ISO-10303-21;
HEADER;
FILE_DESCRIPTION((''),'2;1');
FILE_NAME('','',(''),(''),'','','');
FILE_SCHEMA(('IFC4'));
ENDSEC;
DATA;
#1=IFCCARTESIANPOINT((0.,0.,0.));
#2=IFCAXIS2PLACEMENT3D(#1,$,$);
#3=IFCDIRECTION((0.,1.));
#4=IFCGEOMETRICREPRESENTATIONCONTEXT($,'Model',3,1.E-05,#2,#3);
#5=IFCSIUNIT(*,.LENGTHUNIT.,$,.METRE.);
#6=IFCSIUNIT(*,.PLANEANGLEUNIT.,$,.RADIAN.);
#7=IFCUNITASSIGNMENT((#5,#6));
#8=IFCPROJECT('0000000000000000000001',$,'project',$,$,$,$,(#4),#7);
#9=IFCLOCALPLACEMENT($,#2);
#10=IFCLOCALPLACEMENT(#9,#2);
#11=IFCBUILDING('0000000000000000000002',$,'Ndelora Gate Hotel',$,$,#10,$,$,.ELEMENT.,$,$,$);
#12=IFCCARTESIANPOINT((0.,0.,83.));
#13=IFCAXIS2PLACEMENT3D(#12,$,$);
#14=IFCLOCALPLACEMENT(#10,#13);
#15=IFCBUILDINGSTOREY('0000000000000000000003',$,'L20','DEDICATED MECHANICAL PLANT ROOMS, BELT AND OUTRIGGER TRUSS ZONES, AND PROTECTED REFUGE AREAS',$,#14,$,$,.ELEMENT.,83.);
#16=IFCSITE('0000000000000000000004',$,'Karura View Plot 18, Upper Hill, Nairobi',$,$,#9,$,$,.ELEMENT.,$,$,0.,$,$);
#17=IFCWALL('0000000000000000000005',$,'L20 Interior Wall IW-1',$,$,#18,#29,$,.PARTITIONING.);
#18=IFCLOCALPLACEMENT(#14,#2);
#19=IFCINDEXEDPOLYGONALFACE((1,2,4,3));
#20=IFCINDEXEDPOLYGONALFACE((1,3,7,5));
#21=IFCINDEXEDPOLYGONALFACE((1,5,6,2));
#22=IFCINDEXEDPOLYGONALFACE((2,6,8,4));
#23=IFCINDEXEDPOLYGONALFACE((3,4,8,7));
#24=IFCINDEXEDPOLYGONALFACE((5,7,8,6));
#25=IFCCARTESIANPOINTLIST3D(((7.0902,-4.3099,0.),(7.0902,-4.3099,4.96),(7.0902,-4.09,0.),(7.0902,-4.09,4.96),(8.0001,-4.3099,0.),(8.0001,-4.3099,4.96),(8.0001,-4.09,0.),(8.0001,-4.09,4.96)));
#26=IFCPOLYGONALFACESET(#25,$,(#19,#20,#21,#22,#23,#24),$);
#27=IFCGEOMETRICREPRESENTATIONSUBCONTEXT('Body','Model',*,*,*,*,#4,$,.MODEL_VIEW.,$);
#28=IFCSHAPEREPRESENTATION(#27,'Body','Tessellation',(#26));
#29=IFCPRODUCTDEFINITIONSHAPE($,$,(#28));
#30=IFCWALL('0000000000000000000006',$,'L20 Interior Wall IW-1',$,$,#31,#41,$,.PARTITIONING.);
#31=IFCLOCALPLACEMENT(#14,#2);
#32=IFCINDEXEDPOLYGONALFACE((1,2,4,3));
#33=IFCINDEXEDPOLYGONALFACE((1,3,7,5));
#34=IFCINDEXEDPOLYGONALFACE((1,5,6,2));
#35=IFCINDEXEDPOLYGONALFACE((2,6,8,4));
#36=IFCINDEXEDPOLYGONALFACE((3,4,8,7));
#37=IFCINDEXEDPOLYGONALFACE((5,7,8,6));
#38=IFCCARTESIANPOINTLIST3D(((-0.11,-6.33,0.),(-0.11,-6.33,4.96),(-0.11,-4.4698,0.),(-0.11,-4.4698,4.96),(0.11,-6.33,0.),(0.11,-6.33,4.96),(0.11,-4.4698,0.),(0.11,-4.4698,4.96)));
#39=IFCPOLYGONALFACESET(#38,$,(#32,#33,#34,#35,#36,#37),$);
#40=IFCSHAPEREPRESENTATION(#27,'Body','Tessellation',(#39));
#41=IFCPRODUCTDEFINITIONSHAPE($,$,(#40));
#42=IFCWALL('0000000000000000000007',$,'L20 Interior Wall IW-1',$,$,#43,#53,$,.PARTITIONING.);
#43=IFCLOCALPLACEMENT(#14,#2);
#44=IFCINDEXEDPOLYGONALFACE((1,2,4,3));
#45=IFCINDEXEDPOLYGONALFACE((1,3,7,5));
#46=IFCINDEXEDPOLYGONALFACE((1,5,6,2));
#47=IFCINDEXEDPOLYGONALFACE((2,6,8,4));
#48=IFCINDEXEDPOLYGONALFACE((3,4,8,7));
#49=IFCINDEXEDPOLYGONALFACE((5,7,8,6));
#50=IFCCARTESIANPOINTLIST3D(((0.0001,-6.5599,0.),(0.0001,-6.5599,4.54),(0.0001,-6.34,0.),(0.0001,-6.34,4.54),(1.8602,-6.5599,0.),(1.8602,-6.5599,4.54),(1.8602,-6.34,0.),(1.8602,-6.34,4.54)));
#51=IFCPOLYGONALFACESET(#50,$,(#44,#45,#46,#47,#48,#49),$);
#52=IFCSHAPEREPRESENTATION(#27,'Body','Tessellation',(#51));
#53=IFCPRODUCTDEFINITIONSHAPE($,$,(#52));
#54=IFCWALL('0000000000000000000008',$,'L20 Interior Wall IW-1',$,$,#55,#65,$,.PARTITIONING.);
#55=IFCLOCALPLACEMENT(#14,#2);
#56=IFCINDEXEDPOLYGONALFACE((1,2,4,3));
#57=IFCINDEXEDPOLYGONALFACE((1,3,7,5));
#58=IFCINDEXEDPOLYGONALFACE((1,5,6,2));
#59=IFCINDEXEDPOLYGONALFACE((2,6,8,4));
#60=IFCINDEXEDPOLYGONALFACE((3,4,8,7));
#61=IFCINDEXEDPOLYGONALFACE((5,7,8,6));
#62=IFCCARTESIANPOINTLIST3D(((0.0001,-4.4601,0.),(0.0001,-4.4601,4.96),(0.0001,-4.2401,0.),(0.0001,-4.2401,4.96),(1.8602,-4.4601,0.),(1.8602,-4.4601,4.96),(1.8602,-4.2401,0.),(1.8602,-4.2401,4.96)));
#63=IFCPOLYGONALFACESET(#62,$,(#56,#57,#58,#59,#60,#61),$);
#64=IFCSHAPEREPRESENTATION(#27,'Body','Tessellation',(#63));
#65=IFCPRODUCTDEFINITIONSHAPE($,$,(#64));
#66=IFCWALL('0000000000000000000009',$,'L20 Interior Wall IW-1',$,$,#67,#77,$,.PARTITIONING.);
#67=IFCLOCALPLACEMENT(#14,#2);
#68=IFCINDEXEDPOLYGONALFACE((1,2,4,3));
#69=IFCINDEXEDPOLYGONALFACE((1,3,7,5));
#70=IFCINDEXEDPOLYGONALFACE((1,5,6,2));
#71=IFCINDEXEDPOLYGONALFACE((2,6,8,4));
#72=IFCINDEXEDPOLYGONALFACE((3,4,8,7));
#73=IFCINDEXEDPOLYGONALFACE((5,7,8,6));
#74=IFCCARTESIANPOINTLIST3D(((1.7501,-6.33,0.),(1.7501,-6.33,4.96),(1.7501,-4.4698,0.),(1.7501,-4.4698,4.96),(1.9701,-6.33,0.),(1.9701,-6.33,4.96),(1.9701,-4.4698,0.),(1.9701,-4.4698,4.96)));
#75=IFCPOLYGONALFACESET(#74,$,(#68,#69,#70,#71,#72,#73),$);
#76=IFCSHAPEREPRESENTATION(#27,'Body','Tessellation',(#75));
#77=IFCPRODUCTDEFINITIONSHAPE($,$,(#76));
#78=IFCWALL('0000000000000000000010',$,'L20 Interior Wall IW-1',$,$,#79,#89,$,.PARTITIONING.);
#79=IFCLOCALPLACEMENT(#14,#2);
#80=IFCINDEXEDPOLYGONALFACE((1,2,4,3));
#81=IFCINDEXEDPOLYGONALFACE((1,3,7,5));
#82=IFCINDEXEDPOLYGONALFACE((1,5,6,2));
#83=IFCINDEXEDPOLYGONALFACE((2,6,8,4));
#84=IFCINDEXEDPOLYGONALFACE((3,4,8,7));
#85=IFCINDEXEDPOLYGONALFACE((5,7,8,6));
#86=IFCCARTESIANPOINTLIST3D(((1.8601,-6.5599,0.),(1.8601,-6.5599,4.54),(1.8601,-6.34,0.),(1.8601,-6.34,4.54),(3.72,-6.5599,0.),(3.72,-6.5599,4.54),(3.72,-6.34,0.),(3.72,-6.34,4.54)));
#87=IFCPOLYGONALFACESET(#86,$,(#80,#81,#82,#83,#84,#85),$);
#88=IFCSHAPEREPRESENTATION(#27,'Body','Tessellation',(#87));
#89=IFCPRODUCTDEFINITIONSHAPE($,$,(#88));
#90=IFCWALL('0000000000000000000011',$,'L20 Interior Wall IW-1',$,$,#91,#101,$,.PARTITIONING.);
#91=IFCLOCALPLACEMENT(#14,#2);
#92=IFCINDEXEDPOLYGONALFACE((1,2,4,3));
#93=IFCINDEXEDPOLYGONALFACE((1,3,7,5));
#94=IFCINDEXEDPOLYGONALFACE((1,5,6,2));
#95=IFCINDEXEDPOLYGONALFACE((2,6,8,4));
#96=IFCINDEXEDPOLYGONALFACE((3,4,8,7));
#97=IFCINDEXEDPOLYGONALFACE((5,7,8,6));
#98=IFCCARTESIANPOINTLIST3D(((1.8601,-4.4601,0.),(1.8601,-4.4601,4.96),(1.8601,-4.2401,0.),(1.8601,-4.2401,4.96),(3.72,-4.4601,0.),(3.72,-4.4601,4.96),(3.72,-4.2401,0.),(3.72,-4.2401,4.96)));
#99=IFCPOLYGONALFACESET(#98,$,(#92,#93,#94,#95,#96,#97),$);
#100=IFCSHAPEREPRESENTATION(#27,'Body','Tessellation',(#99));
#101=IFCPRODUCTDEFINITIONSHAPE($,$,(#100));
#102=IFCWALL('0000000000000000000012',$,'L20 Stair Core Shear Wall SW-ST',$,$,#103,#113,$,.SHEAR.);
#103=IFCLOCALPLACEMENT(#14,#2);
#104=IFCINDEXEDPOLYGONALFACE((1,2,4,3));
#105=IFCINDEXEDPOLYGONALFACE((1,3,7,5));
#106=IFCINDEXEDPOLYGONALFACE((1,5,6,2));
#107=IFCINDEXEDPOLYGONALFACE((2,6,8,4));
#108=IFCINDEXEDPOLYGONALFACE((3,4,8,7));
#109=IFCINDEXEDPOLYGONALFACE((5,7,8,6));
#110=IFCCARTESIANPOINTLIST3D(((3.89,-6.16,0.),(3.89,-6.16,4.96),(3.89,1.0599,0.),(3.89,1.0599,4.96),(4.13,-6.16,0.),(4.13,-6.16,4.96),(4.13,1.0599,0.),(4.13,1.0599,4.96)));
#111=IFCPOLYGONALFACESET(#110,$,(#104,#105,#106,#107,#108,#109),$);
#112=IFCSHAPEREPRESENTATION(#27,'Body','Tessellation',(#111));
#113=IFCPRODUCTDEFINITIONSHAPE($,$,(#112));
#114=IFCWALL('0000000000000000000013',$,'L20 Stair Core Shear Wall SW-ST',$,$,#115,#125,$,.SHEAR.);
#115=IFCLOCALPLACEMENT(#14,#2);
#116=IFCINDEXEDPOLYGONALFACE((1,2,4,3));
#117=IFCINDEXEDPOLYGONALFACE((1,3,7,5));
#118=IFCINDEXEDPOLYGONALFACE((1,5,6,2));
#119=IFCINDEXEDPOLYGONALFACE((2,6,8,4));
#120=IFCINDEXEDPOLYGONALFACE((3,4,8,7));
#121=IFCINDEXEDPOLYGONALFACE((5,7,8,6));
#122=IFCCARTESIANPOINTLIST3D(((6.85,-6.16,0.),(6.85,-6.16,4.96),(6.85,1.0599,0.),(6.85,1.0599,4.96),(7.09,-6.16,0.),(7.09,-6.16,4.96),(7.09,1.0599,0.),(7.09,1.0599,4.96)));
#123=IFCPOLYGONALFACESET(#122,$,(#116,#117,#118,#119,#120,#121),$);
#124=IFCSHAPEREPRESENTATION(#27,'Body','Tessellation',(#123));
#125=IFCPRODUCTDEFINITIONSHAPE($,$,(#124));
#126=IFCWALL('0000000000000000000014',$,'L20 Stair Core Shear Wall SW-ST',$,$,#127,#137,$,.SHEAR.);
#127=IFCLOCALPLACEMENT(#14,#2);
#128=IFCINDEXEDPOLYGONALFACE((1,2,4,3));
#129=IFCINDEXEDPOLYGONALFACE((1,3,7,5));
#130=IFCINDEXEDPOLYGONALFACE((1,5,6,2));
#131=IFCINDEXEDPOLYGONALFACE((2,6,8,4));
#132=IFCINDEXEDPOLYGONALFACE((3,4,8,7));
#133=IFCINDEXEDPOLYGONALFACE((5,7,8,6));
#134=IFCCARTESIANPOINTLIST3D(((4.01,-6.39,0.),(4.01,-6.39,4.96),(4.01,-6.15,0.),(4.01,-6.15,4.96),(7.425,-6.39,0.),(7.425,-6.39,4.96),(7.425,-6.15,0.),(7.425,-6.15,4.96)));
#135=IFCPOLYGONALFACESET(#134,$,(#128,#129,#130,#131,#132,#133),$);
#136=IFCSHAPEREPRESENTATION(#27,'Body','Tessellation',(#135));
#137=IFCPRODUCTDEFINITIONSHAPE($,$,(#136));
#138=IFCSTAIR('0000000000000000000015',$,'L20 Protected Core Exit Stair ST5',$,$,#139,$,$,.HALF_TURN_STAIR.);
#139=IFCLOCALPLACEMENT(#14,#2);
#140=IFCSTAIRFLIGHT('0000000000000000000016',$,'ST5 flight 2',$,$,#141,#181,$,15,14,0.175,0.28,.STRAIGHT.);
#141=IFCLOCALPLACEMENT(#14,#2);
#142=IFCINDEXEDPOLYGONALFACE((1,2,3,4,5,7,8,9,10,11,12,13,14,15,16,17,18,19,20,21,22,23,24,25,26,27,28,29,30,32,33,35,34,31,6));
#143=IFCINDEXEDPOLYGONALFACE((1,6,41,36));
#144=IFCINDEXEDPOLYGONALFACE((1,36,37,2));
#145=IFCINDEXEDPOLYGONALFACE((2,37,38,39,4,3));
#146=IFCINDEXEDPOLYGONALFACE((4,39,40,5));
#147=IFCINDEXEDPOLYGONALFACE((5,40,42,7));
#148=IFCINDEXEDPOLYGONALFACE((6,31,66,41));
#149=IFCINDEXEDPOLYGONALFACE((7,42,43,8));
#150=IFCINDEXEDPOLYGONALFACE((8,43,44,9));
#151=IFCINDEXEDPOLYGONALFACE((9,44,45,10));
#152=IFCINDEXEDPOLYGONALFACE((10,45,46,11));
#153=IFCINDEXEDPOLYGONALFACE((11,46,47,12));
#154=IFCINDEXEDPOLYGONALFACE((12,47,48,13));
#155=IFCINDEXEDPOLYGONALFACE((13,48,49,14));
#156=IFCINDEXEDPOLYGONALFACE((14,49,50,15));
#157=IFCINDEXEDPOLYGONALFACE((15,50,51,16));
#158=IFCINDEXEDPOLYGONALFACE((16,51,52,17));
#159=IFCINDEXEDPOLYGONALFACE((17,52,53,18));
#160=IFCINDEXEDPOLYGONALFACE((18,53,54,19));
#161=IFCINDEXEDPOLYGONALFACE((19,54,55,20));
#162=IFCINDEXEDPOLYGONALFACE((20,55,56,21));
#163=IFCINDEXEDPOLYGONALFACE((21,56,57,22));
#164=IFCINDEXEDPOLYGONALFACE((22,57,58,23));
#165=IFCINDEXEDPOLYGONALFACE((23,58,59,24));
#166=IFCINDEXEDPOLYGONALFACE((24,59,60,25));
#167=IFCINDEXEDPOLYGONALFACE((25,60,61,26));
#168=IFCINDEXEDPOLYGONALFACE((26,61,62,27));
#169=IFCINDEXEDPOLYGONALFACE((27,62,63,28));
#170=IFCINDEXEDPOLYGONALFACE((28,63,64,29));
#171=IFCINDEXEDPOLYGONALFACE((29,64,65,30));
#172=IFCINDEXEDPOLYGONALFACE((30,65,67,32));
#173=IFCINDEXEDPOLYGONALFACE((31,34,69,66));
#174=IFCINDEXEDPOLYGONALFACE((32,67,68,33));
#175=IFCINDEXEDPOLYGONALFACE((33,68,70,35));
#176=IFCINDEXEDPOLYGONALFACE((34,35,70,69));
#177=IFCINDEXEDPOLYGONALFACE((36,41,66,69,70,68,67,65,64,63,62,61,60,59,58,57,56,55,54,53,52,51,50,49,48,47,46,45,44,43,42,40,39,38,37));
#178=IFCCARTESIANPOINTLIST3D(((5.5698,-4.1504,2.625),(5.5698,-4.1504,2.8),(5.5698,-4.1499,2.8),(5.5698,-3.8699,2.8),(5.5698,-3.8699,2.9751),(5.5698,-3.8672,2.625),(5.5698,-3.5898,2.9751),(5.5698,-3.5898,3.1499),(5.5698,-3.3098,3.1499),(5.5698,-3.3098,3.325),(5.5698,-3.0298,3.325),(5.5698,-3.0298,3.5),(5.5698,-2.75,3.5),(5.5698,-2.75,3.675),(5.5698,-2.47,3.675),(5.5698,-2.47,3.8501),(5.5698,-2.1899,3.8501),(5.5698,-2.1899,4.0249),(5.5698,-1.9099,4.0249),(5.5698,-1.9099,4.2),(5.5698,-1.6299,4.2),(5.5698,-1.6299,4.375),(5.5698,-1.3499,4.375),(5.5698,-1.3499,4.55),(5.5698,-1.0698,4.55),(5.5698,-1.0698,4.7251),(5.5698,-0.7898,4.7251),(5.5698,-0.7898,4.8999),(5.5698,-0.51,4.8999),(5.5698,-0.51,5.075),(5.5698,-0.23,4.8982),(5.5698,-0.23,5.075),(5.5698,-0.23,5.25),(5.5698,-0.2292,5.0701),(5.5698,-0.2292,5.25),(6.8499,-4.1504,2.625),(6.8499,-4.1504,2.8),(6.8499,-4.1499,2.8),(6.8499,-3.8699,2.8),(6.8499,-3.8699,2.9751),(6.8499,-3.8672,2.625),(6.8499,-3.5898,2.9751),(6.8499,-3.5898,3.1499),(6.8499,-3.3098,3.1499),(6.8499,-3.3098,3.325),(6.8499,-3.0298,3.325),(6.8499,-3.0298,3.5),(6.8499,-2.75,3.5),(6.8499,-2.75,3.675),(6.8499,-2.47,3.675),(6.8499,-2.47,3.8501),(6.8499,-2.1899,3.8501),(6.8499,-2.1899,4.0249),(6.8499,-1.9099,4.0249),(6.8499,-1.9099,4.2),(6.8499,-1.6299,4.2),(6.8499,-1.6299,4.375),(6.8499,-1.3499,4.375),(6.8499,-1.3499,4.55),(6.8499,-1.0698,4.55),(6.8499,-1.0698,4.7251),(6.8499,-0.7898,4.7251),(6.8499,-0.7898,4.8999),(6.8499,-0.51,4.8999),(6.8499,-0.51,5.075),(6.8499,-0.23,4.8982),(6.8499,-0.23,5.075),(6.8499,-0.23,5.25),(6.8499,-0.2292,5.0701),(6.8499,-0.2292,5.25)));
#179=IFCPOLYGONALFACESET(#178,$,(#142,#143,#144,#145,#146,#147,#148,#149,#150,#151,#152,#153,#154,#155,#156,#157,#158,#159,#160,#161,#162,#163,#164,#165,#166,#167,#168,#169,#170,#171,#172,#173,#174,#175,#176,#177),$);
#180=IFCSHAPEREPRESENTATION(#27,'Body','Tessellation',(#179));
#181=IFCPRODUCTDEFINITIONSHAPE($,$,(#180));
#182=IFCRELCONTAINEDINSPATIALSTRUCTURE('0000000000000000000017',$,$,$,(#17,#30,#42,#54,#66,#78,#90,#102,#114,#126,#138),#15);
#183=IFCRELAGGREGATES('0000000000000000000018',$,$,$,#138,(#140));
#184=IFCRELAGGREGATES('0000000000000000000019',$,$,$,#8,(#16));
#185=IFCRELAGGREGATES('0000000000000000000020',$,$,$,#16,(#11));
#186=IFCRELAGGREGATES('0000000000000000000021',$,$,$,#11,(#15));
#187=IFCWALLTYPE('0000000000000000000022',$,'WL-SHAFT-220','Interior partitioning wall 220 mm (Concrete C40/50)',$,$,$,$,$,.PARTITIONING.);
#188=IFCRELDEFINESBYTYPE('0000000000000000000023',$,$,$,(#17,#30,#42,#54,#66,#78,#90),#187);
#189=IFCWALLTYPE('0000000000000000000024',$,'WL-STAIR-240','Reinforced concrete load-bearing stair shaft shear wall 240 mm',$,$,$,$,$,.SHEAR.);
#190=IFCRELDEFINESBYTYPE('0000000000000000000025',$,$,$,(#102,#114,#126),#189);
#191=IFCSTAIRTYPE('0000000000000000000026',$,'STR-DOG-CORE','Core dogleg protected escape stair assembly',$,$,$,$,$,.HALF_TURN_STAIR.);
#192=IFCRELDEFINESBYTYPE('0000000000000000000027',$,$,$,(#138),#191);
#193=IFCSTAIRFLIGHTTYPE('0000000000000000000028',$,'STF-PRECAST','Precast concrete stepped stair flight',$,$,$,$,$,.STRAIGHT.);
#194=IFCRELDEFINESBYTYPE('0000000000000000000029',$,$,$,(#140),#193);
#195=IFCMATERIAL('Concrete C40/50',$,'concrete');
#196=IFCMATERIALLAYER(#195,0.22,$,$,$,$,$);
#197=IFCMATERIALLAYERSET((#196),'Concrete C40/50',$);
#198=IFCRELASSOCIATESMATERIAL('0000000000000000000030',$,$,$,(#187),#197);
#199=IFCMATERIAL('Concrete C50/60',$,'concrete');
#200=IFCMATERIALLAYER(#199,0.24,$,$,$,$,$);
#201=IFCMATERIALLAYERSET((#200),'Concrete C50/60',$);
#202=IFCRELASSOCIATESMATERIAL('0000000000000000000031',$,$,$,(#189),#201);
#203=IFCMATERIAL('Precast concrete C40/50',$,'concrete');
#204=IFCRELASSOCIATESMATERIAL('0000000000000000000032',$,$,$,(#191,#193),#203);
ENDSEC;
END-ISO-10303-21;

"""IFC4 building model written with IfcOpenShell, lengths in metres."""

from ifc_helpers import new_model, si_unit, direction, frame, frame_2d, origin, place, context, subcontext, project, spatial, polyline, rectangle, outline, extrude, material, layer, layer_set, type_object, element, aggregate, save


model = new_model("IFC4")

# Units and contexts
model_context = context("Model", 3, precision=1e-05, world=origin(), true_north=direction((0.0, 1.0)))
body_context = subcontext(model_context, "Body", "Model", "MODEL_VIEW")
ifc_project = project(units=[si_unit("LENGTHUNIT", "METRE"), si_unit("PLANEANGLEUNIT", "RADIAN")], contexts=[model_context])

# Site, building, storey
site_placement = place(None, origin())
site = spatial("IfcSite", under=ifc_project, at=site_placement, Name="Karura View Plot 18, Upper Hill, Nairobi", CompositionType="ELEMENT", RefElevation=0.0)
building_placement = place(site_placement, origin())
building = spatial("IfcBuilding", under=site, at=building_placement, Name="Ndelora Gate Hotel", CompositionType="ELEMENT")
storey_placement = place(building_placement, frame((0.0, 0.0, 83.0)))
storey = spatial("IfcBuildingStorey", under=building, at=storey_placement, Name="L20", Description="DEDICATED MECHANICAL PLANT ROOMS, BELT AND OUTRIGGER TRUSS ZONES, AND PROTECTED REFUGE AREAS", CompositionType="ELEMENT", Elevation=83.0)

# Walls
ifc_material_1 = material(Name="Concrete C40/50", Category="concrete")
ifc_layer_1 = layer(ifc_material_1, 0.22)
ifc_layer_set_1 = layer_set([ifc_layer_1], Name="Concrete C40/50")
wall_type_1 = type_object("IfcWallType", Name="WL-SHAFT-220", Description="Interior partitioning wall 220 mm (Concrete C40/50)", PredefinedType="PARTITIONING", material=ifc_layer_set_1)
wall_1_placement = place(storey_placement, frame((7.0901, -4.2, 0.0), z_axis=(0.0, 0.0, 1.0), x_axis=(1.0, 0.0, 0.0)))
element("IfcWall", 1, at=wall_1_placement, inside=storey, type_object=wall_type_1, Name="L20 Interior Wall IW-1", PredefinedType="PARTITIONING", context=body_context, shape_type="SweptSolid", body=[
    extrude(rectangle(XDim=0.9099, YDim=0.22, at=frame_2d((0.4551, 0.0))), origin(), (0.0, 0.0, 1.0), 4.96),
])
wall_2_placement = place(storey_placement, frame((0.0, -6.3301, 0.0), z_axis=(0.0, 0.0, 1.0), x_axis=(0.0, 1.0, 0.0)))
element("IfcWall", 2, at=wall_2_placement, inside=storey, type_object=wall_type_1, Name="L20 Interior Wall IW-1", PredefinedType="PARTITIONING", context=body_context, shape_type="SweptSolid", body=[
    extrude(rectangle(XDim=1.8601, YDim=0.22, at=frame_2d((0.9302, 0.0))), origin(), (0.0, 0.0, 1.0), 4.96),
])
wall_3_placement = place(storey_placement, frame((0.0, -6.45, 0.0), z_axis=(0.0, 0.0, 1.0), x_axis=(1.0, 0.0, 0.0)))
element("IfcWall", 3, at=wall_3_placement, inside=storey, type_object=wall_type_1, Name="L20 Interior Wall IW-1", PredefinedType="PARTITIONING", context=body_context, shape_type="SweptSolid", body=[
    extrude(rectangle(XDim=1.8601, YDim=0.22, at=frame_2d((0.9302, 0.0))), origin(), (0.0, 0.0, 1.0), 4.54),
])
for number, where, z_axis, x_axis, name in (
    (4, (0.0, -4.3501, 0.0), (0.0, 0.0, 1.0), (1.0, 0.0, 0.0), "L20 Interior Wall IW-1"),
    (5, (1.8601, -6.3301, 0.0), (0.0, 0.0, 1.0), (0.0, 1.0, 0.0), "L20 Interior Wall IW-1"),
):
    element("IfcWall", number, at=place(storey_placement, frame(where, z_axis=z_axis, x_axis=x_axis)), inside=storey, type_object=wall_type_1, Name=name, PredefinedType="PARTITIONING", context=body_context, shape_type="SweptSolid", body=[
        extrude(rectangle(XDim=1.8601, YDim=0.22, at=frame_2d((0.9302, 0.0))), origin(), (0.0, 0.0, 1.0), 4.96),
    ])
wall_4_placement = place(storey_placement, frame((1.8601, -6.45, 0.0), z_axis=(0.0, 0.0, 1.0), x_axis=(1.0, 0.0, 0.0)))
element("IfcWall", 6, at=wall_4_placement, inside=storey, type_object=wall_type_1, Name="L20 Interior Wall IW-1", PredefinedType="PARTITIONING", context=body_context, shape_type="SweptSolid", body=[
    extrude(rectangle(XDim=1.8599, YDim=0.22, at=frame_2d((0.9299, 0.0))), origin(), (0.0, 0.0, 1.0), 4.54),
])
wall_5_placement = place(storey_placement, frame((1.8601, -4.3501, 0.0), z_axis=(0.0, 0.0, 1.0), x_axis=(1.0, 0.0, 0.0)))
element("IfcWall", 7, at=wall_5_placement, inside=storey, type_object=wall_type_1, Name="L20 Interior Wall IW-1", PredefinedType="PARTITIONING", context=body_context, shape_type="SweptSolid", body=[
    extrude(rectangle(XDim=1.8599, YDim=0.22, at=frame_2d((0.9299, 0.0))), origin(), (0.0, 0.0, 1.0), 4.96),
])
ifc_material_2 = material(Name="Concrete C50/60", Category="concrete")
ifc_layer_2 = layer(ifc_material_2, 0.24)
ifc_layer_set_2 = layer_set([ifc_layer_2], Name="Concrete C50/60")
wall_type_2 = type_object("IfcWallType", Name="WL-STAIR-240", Description="Reinforced concrete load-bearing stair shaft shear wall 240 mm", PredefinedType="SHEAR", material=ifc_layer_set_2)
for number, where, z_axis, x_axis, name in (
    (8, (4.01, -6.1599, 0.0), (0.0, 0.0, 1.0), (0.0, 1.0, 0.0), "L20 Stair Core Shear Wall SW-ST"),
    (9, (6.97, -6.1599, 0.0), (0.0, 0.0, 1.0), (0.0, 1.0, 0.0), "L20 Stair Core Shear Wall SW-ST"),
):
    element("IfcWall", number, at=place(storey_placement, frame(where, z_axis=z_axis, x_axis=x_axis)), inside=storey, type_object=wall_type_2, Name=name, PredefinedType="SHEAR", context=body_context, shape_type="SweptSolid", body=[
        extrude(rectangle(XDim=7.22, YDim=0.24, at=frame_2d((3.6099, 0.0))), origin(), (0.0, 0.0, 1.0), 4.96),
    ])
wall_6_placement = place(storey_placement, frame((4.01, -6.27, 0.0), z_axis=(0.0, 0.0, 1.0), x_axis=(1.0, 0.0, 0.0)))
element("IfcWall", 10, at=wall_6_placement, inside=storey, type_object=wall_type_2, Name="L20 Stair Core Shear Wall SW-ST", PredefinedType="SHEAR", context=body_context, shape_type="SweptSolid", body=[
    extrude(rectangle(XDim=3.415, YDim=0.24, at=frame_2d((1.7075, 0.0))), origin(), (0.0, 0.0, 1.0), 4.96),
])

# Stair, stair flight
ifc_material_3 = material(Name="Precast concrete C40/50", Category="concrete")
stair_type = type_object("IfcStairType", Name="STR-DOG-CORE", Description="Core dogleg protected escape stair assembly", PredefinedType="HALF_TURN_STAIR", material=ifc_material_3)
stair_placement = place(storey_placement, origin())
stair = element("IfcStair", 11, at=stair_placement, inside=storey, type_object=stair_type, Name="L20 Protected Core Exit Stair ST5", PredefinedType="HALF_TURN_STAIR")
stair_flight_type = type_object("IfcStairFlightType", Name="STF-PRECAST", Description="Precast concrete stepped stair flight", PredefinedType="STRAIGHT", material=ifc_material_3)
stair_flight_placement = place(storey_placement, frame((6.21, -4.1499, 2.625), z_axis=(0.0, 0.0, 1.0), x_axis=(0.0, 1.0, 0.0)))
stair_flight = element("IfcStairFlight", 12, at=stair_flight_placement, type_object=stair_flight_type, Name="ST5 flight 2", NumberOfRisers=15, NumberOfTreads=14, PredefinedType="STRAIGHT", RiserHeight=0.175, TreadLength=0.28, context=body_context, shape_type="SweptSolid", body=[
    extrude(outline(polyline([(-0.0005, 0.0), (-0.0005, 0.175), (0.0, 0.175), (0.28, 0.175), (0.28, 0.3501), (0.5601, 0.3501), (0.5601, 0.5249), (0.8401, 0.5249), (0.8401, 0.7), (1.1201, 0.7), (1.1201, 0.875), (1.3999, 0.875), (1.3999, 1.05), (1.6799, 1.05), (1.6799, 1.2251), (1.96, 1.2251), (1.96, 1.3999), (2.24, 1.3999), (2.24, 1.575), (2.52, 1.575), (2.52, 1.75), (2.8, 1.75), (2.8, 1.925), (3.0801, 1.925), (3.0801, 2.1001), (3.3601, 2.1001), (3.3601, 2.2749), (3.6399, 2.2749), (3.6399, 2.45), (3.9199, 2.45), (3.9199, 2.625), (3.9207, 2.625), (3.9207, 2.4451), (3.9199, 2.2732), (0.2827, 0.0), (-0.0005, 0.0)])), frame((0.0, 0.6401, 0.0), z_axis=(0.0, -1.0, 0.0), x_axis=(1.0, 0.0, 0.0)), (0.0, 0.0, 1.0), 1.28),
])
aggregate(stair, [stair_flight])

save(model, "model.ifc")
